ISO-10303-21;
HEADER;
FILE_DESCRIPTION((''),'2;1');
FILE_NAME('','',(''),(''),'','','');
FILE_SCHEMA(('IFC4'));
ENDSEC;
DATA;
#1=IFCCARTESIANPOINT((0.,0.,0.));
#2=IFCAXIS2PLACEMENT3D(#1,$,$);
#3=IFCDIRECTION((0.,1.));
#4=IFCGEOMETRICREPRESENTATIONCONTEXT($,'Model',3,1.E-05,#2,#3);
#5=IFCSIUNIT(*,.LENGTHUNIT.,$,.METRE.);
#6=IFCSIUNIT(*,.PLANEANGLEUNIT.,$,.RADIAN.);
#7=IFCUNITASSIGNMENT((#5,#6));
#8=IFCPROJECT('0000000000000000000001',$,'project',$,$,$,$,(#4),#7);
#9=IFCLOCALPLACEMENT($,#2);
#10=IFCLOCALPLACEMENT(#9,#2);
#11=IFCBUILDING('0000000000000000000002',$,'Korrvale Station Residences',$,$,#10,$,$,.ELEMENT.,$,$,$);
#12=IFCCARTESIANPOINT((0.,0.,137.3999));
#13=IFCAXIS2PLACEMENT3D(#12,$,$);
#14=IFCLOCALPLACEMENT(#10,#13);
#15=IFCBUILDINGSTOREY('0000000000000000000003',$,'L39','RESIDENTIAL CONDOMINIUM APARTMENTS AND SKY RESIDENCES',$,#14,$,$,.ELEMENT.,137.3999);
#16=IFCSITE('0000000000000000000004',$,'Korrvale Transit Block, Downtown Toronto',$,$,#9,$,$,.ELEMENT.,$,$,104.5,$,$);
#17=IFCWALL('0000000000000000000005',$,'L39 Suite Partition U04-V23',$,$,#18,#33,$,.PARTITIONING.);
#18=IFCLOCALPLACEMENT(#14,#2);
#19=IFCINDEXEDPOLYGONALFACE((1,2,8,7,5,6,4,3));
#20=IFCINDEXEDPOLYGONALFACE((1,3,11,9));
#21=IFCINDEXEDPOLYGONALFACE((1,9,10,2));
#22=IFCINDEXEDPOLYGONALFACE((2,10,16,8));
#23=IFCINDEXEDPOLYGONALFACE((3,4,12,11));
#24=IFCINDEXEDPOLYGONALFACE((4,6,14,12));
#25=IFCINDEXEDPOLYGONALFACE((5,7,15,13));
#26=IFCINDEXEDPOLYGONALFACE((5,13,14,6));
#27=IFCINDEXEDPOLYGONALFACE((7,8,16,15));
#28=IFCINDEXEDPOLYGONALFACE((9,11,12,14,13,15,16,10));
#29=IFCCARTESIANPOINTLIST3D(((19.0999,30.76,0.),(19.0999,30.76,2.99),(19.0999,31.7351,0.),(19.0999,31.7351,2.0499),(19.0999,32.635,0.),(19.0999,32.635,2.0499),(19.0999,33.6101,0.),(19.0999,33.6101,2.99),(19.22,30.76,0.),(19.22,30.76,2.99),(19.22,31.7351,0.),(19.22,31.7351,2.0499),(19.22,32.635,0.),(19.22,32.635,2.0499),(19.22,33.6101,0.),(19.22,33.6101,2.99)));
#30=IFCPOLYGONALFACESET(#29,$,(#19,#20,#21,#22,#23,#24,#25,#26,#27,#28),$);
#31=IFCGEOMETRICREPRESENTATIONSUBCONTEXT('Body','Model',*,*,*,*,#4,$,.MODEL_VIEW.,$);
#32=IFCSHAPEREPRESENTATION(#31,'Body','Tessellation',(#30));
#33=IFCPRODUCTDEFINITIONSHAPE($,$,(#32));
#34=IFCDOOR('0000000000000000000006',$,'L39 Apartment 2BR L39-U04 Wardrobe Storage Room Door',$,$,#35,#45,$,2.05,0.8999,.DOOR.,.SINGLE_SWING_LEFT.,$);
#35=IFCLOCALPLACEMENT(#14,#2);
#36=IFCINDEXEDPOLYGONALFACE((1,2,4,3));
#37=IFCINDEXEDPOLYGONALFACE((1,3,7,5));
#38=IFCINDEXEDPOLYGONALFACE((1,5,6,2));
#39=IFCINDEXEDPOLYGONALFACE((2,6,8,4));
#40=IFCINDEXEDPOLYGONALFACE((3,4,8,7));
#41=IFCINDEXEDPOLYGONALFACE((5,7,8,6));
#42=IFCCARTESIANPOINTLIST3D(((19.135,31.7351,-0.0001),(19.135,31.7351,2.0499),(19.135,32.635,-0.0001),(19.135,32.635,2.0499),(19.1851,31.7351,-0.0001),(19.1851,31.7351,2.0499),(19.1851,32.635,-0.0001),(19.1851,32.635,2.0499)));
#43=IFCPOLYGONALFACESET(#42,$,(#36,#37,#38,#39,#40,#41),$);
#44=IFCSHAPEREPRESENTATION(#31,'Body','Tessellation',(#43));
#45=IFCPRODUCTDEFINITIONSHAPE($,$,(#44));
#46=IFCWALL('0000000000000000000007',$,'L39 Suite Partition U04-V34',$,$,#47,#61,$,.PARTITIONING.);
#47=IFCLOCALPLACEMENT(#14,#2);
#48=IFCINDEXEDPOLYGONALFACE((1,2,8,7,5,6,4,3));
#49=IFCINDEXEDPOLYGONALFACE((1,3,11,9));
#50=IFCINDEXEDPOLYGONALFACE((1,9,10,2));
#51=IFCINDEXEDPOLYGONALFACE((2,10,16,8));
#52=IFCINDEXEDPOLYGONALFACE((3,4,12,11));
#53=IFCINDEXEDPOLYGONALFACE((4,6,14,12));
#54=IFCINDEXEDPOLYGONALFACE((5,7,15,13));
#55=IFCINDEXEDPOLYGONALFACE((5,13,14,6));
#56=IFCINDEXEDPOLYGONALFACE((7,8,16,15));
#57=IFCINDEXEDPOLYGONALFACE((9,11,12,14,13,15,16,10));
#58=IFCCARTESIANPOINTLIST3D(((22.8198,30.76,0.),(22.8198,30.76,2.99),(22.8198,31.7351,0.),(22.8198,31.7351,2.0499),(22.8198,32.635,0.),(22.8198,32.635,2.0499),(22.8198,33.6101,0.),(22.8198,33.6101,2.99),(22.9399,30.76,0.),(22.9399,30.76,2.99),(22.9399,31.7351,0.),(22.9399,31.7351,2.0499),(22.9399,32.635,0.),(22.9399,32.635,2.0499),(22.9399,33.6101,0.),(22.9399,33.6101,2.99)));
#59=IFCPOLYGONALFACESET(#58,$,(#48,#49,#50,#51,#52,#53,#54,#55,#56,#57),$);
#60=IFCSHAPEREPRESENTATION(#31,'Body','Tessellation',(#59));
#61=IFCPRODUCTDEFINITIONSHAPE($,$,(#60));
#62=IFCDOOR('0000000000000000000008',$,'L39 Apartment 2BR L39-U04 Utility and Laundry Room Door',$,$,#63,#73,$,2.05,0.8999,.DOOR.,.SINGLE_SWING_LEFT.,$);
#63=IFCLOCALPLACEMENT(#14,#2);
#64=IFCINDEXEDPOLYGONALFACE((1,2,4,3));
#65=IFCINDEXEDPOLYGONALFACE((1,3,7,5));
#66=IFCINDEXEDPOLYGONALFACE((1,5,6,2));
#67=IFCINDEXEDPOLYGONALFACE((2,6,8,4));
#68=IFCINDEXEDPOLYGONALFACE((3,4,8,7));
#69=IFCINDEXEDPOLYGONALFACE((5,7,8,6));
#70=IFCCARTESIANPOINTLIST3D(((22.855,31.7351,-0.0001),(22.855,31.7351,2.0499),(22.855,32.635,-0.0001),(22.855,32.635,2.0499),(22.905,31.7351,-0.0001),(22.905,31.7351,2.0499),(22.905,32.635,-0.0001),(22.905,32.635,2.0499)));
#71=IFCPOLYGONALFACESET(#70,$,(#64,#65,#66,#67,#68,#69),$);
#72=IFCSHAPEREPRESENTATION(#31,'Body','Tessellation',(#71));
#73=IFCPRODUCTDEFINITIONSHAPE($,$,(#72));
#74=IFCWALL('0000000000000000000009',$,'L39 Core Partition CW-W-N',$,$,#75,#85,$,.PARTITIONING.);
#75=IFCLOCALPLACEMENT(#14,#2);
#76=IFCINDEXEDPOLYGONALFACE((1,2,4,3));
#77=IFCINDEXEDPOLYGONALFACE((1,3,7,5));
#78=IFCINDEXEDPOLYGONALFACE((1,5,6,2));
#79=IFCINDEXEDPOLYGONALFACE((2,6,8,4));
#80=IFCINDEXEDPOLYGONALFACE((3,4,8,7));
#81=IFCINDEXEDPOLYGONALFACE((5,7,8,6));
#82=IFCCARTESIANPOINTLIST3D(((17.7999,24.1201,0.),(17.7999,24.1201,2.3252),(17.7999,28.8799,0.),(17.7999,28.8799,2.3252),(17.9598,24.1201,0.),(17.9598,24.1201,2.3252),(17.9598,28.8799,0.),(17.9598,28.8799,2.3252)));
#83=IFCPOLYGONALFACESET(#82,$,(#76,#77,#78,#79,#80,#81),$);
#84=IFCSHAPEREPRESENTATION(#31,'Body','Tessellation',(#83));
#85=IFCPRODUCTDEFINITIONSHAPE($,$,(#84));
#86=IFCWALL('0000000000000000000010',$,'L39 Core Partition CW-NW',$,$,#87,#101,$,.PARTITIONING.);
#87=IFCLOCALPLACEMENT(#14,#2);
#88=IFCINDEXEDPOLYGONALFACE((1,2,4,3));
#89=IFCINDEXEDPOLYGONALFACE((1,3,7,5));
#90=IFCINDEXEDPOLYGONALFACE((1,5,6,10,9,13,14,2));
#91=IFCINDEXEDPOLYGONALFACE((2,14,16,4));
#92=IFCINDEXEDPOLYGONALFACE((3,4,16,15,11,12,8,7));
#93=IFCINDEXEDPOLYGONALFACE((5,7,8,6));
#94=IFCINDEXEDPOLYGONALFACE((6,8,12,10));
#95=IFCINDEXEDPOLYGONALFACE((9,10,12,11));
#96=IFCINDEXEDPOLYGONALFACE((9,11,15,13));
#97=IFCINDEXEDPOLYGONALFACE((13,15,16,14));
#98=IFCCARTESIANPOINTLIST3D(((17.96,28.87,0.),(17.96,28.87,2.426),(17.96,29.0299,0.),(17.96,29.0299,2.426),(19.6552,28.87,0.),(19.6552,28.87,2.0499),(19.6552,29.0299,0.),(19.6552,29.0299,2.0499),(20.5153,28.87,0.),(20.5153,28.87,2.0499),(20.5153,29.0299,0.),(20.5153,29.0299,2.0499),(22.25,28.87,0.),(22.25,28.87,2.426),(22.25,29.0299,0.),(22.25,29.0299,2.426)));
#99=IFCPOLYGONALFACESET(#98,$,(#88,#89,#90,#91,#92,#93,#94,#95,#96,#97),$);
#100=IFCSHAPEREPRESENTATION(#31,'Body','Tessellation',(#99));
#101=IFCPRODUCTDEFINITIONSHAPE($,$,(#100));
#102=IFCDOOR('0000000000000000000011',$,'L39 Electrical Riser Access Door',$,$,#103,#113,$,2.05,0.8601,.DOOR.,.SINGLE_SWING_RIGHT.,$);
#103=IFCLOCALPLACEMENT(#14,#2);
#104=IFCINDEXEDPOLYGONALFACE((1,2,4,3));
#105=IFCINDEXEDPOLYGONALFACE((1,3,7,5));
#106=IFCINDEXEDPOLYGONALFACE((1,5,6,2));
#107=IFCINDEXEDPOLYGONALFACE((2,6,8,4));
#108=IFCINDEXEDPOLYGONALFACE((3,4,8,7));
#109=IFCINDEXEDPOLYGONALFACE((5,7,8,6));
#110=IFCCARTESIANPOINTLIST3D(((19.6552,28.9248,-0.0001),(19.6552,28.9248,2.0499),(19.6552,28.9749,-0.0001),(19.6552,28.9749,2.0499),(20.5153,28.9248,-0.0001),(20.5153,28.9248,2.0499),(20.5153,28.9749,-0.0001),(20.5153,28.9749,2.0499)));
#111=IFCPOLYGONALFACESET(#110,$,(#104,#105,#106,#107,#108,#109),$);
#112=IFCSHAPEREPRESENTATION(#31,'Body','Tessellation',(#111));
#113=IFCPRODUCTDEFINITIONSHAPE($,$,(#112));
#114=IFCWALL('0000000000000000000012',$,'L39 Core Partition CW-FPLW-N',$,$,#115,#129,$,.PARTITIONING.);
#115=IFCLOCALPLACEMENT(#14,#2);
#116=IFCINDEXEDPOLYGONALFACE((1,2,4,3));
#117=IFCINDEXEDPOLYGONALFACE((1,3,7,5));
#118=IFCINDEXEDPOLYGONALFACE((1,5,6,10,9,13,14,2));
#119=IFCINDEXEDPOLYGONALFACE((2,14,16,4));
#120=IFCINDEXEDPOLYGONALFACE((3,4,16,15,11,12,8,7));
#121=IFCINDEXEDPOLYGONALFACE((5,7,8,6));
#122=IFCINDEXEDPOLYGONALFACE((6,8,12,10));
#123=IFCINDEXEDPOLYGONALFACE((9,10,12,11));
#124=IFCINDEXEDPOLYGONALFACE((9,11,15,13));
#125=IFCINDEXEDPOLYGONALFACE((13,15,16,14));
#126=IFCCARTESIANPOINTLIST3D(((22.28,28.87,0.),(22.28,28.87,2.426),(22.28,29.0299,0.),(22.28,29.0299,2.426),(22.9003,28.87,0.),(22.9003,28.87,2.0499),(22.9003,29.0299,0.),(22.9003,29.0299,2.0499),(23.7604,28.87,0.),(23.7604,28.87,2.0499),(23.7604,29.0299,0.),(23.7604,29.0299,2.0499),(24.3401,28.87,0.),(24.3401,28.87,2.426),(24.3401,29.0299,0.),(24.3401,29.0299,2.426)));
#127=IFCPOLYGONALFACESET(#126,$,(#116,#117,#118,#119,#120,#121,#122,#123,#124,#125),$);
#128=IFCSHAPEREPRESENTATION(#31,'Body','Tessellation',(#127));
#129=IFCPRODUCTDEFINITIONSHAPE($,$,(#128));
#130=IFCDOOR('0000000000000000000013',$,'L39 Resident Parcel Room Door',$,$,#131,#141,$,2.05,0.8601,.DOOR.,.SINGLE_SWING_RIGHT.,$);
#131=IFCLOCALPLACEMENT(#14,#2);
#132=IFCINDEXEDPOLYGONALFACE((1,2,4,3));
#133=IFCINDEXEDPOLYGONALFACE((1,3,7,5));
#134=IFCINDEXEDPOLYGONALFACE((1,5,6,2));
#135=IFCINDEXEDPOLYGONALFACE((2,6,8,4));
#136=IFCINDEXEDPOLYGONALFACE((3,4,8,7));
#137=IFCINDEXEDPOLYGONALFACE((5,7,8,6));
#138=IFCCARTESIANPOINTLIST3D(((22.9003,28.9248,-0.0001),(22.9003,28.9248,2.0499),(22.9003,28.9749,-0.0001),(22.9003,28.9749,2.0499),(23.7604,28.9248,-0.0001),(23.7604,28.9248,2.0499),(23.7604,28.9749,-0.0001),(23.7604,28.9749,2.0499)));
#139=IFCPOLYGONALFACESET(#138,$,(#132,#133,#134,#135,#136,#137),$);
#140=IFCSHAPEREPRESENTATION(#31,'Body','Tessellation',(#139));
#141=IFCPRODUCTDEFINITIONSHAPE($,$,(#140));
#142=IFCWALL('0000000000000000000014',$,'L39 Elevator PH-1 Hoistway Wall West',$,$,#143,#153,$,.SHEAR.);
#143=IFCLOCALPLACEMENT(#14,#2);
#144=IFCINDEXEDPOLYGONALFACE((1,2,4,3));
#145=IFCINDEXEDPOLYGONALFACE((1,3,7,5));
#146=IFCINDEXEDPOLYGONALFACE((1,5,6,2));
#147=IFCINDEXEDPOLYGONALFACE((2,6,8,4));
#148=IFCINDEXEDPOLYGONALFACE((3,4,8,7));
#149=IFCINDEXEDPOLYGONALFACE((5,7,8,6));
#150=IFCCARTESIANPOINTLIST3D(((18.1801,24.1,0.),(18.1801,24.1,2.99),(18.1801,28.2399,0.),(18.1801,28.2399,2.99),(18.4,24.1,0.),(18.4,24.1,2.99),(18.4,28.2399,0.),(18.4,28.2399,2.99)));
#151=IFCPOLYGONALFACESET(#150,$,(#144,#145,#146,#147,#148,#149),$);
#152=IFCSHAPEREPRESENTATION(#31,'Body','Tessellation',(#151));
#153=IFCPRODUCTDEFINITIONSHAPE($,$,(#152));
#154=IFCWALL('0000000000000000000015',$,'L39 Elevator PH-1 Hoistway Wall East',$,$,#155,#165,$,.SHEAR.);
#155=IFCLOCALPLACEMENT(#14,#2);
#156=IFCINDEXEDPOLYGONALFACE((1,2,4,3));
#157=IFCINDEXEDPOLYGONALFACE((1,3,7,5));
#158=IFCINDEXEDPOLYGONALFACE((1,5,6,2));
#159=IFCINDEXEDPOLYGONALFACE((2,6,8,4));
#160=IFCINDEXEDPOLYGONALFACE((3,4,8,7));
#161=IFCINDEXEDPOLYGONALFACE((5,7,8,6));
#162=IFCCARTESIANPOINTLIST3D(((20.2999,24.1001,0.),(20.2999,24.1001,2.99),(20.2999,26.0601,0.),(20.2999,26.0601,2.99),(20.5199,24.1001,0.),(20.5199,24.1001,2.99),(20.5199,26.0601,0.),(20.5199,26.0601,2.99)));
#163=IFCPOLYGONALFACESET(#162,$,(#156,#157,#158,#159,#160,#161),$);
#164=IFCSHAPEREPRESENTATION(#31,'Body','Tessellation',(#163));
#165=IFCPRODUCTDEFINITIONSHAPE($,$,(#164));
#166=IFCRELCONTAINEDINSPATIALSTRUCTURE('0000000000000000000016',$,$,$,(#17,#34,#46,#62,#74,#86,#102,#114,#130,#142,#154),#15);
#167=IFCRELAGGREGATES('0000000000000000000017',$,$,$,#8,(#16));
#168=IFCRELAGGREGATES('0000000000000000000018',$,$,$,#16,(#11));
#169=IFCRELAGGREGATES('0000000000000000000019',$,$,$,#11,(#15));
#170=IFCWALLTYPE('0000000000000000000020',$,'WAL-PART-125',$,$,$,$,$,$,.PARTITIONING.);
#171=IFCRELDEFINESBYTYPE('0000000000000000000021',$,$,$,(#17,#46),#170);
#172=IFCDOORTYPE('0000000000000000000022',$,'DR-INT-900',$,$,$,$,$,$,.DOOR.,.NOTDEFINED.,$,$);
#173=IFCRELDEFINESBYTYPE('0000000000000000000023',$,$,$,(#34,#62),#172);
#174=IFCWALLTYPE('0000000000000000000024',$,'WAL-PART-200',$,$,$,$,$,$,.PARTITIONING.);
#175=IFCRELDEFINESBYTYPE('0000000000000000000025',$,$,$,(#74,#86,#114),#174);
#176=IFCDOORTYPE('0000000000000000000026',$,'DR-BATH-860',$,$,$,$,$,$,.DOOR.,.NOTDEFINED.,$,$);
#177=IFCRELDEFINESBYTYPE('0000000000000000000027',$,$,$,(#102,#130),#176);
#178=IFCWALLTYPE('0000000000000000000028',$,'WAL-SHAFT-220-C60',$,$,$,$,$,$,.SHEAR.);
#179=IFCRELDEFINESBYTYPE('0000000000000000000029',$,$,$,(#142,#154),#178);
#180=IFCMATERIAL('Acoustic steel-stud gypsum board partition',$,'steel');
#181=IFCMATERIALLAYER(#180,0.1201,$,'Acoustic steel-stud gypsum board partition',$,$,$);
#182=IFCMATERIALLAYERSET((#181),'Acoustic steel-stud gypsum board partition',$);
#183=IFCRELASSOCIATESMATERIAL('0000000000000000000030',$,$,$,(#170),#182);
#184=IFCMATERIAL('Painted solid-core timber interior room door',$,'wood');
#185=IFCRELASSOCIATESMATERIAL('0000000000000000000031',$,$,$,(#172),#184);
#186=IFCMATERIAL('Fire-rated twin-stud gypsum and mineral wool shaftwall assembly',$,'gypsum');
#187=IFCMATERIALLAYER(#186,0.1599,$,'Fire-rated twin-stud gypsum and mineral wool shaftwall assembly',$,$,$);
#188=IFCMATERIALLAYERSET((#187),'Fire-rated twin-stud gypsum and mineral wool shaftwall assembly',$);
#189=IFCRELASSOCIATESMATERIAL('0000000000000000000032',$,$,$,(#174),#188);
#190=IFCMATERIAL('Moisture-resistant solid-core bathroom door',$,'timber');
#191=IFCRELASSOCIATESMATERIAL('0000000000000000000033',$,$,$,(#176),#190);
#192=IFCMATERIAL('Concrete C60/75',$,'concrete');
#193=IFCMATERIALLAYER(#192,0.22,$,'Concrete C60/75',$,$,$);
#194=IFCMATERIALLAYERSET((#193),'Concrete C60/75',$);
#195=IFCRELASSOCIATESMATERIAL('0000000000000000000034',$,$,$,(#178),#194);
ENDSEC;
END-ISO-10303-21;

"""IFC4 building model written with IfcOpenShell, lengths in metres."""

from ifc_helpers import new_model, si_unit, direction, frame, frame_2d, origin, place, context, subcontext, project, spatial, rectangle, extrude, material, layer, layer_set, type_object, element, fill, save


model = new_model("IFC4")

# Units and contexts
model_context = context("Model", 3, precision=1e-05, world=origin(), true_north=direction((0.0, 1.0)))
body_context = subcontext(model_context, "Body", "Model", "MODEL_VIEW")
ifc_project = project(units=[si_unit("LENGTHUNIT", "METRE"), si_unit("PLANEANGLEUNIT", "RADIAN")], contexts=[model_context])

# Site, building, storey
site_placement = place(None, origin())
site = spatial("IfcSite", under=ifc_project, at=site_placement, Name="Korrvale Transit Block, Downtown Toronto", CompositionType="ELEMENT", RefElevation=104.5)
building_placement = place(site_placement, origin())
building = spatial("IfcBuilding", under=site, at=building_placement, Name="Korrvale Station Residences", CompositionType="ELEMENT")
storey_placement = place(building_placement, frame((0.0, 0.0, 137.3999)))
storey = spatial("IfcBuildingStorey", under=building, at=storey_placement, Name="L39", Description="RESIDENTIAL CONDOMINIUM APARTMENTS AND SKY RESIDENCES", CompositionType="ELEMENT", Elevation=137.3999)

# Shared definitions
ifc_material_1 = material(Name="Concrete C60/75", Category="concrete")

# Shared definitions
ifc_material_2 = material(Name="Acoustic steel-stud gypsum board partition", Category="steel")
ifc_layer_1 = layer(ifc_material_2, 0.1201, Name="Acoustic steel-stud gypsum board partition")
ifc_layer_set_1 = layer_set([ifc_layer_1], Name="Acoustic steel-stud gypsum board partition")
wall_type_1 = type_object("IfcWallType", Name="WAL-PART-125", PredefinedType="PARTITIONING", material=ifc_layer_set_1)

# Walls, openings, doors
wall_1_placement = place(storey_placement, frame((19.1599, 30.76, 0.0), z_axis=(0.0, 0.0, 1.0), x_axis=(0.0, 1.0, 0.0)))
wall_1 = element("IfcWall", 1, at=wall_1_placement, inside=storey, type_object=wall_type_1, Name="L39 Suite Partition U04-V23", PredefinedType="PARTITIONING", context=body_context, shape_type="SweptSolid", body=[
    extrude(rectangle(XDim=2.8501, YDim=0.1201, at=frame_2d((1.425, 0.0))), origin(), (0.0, 0.0, 1.0), 2.99),
])
opening_1_placement = place(wall_1_placement, frame((0.9751, 0.0, 0.0)))
opening_1 = element("IfcOpeningElement", 2, at=opening_1_placement, cuts=wall_1, PredefinedType="OPENING", context=body_context, shape_type="SweptSolid", body=[
    extrude(rectangle(XDim=0.8999, YDim=2.05, at=frame_2d((0.45, 1.0249))), frame((0.0, 0.0701, 0.0), z_axis=(0.0, -1.0, 0.0), x_axis=(1.0, 0.0, 0.0)), (0.0, 0.0, 1.0), 0.1401),
])
ifc_material_3 = material(Name="Painted solid-core timber interior room door", Category="wood")
door_type_1 = type_object("IfcDoorType", Name="DR-INT-900", OperationType="NOTDEFINED", PredefinedType="DOOR", material=ifc_material_3)
door_1_placement = place(opening_1_placement, origin())
door_1 = element("IfcDoor", 3, at=door_1_placement, inside=storey, type_object=door_type_1, Name="L39 Apartment 2BR L39-U04 Wardrobe Storage Room Door", OperationType="SINGLE_SWING_LEFT", OverallHeight=2.05, OverallWidth=0.8999, PredefinedType="DOOR", context=body_context, shape_type="SweptSolid", body=[
    extrude(rectangle(XDim=0.8999, YDim=2.05, at=frame_2d((0.45, 1.0249))), frame((0.0, 0.0249, 0.0), z_axis=(0.0, -1.0, 0.0), x_axis=(1.0, 0.0, 0.0)), (0.0, 0.0, 1.0), 0.05),
])
fill(opening_1, door_1)
wall_2_placement = place(storey_placement, frame((22.8799, 30.76, 0.0), z_axis=(0.0, 0.0, 1.0), x_axis=(0.0, 1.0, 0.0)))
wall_2 = element("IfcWall", 4, at=wall_2_placement, inside=storey, type_object=wall_type_1, Name="L39 Suite Partition U04-V34", PredefinedType="PARTITIONING", context=body_context, shape_type="SweptSolid", body=[
    extrude(rectangle(XDim=2.8501, YDim=0.1201, at=frame_2d((1.425, 0.0))), origin(), (0.0, 0.0, 1.0), 2.99),
])
opening_2_placement = place(wall_2_placement, frame((0.9751, 0.0, 0.0)))
opening_2 = element("IfcOpeningElement", 5, at=opening_2_placement, cuts=wall_2, PredefinedType="OPENING", context=body_context, shape_type="SweptSolid", body=[
    extrude(rectangle(XDim=0.8999, YDim=2.05, at=frame_2d((0.45, 1.0249))), frame((0.0, 0.0701, 0.0), z_axis=(0.0, -1.0, 0.0), x_axis=(1.0, 0.0, 0.0)), (0.0, 0.0, 1.0), 0.1401),
])
door_2_placement = place(opening_2_placement, origin())
door_2 = element("IfcDoor", 6, at=door_2_placement, inside=storey, type_object=door_type_1, Name="L39 Apartment 2BR L39-U04 Utility and Laundry Room Door", OperationType="SINGLE_SWING_LEFT", OverallHeight=2.05, OverallWidth=0.8999, PredefinedType="DOOR", context=body_context, shape_type="SweptSolid", body=[
    extrude(rectangle(XDim=0.8999, YDim=2.05, at=frame_2d((0.45, 1.0249))), frame((0.0, 0.0249, 0.0), z_axis=(0.0, -1.0, 0.0), x_axis=(1.0, 0.0, 0.0)), (0.0, 0.0, 1.0), 0.05),
])
fill(opening_2, door_2)

# Wall
ifc_material_4 = material(Name="Fire-rated twin-stud gypsum and mineral wool shaftwall assembly", Category="gypsum")
ifc_layer_2 = layer(ifc_material_4, 0.1599, Name="Fire-rated twin-stud gypsum and mineral wool shaftwall assembly")
ifc_layer_set_2 = layer_set([ifc_layer_2], Name="Fire-rated twin-stud gypsum and mineral wool shaftwall assembly")
wall_type_2 = type_object("IfcWallType", Name="WAL-PART-200", PredefinedType="PARTITIONING", material=ifc_layer_set_2)
wall_3_placement = place(storey_placement, frame((17.8799, 24.1201, 0.0), z_axis=(0.0, 0.0, 1.0), x_axis=(0.0, 1.0, 0.0)))
element("IfcWall", 7, at=wall_3_placement, inside=storey, type_object=wall_type_2, Name="L39 Core Partition CW-W-N", PredefinedType="PARTITIONING", context=body_context, shape_type="SweptSolid", body=[
    extrude(rectangle(XDim=4.7598, YDim=0.1599, at=frame_2d((2.3799, 0.0))), origin(), (0.0, 0.0, 1.0), 2.3252),
])

# Walls, openings, doors
wall_4_placement = place(storey_placement, frame((17.96, 28.95, 0.0), z_axis=(0.0, 0.0, 1.0), x_axis=(1.0, 0.0, 0.0)))
wall_4 = element("IfcWall", 8, at=wall_4_placement, inside=storey, type_object=wall_type_2, Name="L39 Core Partition CW-NW", PredefinedType="PARTITIONING", context=body_context, shape_type="SweptSolid", body=[
    extrude(rectangle(XDim=4.29, YDim=0.1599, at=frame_2d((2.145, 0.0))), origin(), (0.0, 0.0, 1.0), 2.426),
])
opening_3_placement = place(wall_4_placement, frame((1.6951, 0.0, 0.0)))
opening_3 = element("IfcOpeningElement", 9, at=opening_3_placement, cuts=wall_4, PredefinedType="OPENING", context=body_context, shape_type="SweptSolid", body=[
    extrude(rectangle(XDim=0.8601, YDim=2.05, at=frame_2d((0.4302, 1.0249))), frame((0.0, 0.0898, 0.0), z_axis=(0.0, -1.0, 0.0), x_axis=(1.0, 0.0, 0.0)), (0.0, 0.0, 1.0), 0.1799),
])
ifc_material_5 = material(Name="Moisture-resistant solid-core bathroom door", Category="timber")
door_type_2 = type_object("IfcDoorType", Name="DR-BATH-860", OperationType="NOTDEFINED", PredefinedType="DOOR", material=ifc_material_5)
door_3_placement = place(opening_3_placement, origin())
door_3 = element("IfcDoor", 10, at=door_3_placement, inside=storey, type_object=door_type_2, Name="L39 Electrical Riser Access Door", OperationType="SINGLE_SWING_RIGHT", OverallHeight=2.05, OverallWidth=0.8601, PredefinedType="DOOR", context=body_context, shape_type="SweptSolid", body=[
    extrude(rectangle(XDim=0.8601, YDim=2.05, at=frame_2d((0.4302, 1.0249))), frame((0.0, 0.0249, 0.0), z_axis=(0.0, -1.0, 0.0), x_axis=(1.0, 0.0, 0.0)), (0.0, 0.0, 1.0), 0.05),
])
fill(opening_3, door_3)
wall_5_placement = place(storey_placement, frame((22.28, 28.95, 0.0), z_axis=(0.0, 0.0, 1.0), x_axis=(1.0, 0.0, 0.0)))
wall_5 = element("IfcWall", 11, at=wall_5_placement, inside=storey, type_object=wall_type_2, Name="L39 Core Partition CW-FPLW-N", PredefinedType="PARTITIONING", context=body_context, shape_type="SweptSolid", body=[
    extrude(rectangle(XDim=2.0601, YDim=0.1599, at=frame_2d((1.03, 0.0))), origin(), (0.0, 0.0, 1.0), 2.426),
])
opening_4_placement = place(wall_5_placement, frame((0.6201, 0.0, 0.0)))
opening_4 = element("IfcOpeningElement", 12, at=opening_4_placement, cuts=wall_5, PredefinedType="OPENING", context=body_context, shape_type="SweptSolid", body=[
    extrude(rectangle(XDim=0.8601, YDim=2.05, at=frame_2d((0.4302, 1.0249))), frame((0.0, 0.0898, 0.0), z_axis=(0.0, -1.0, 0.0), x_axis=(1.0, 0.0, 0.0)), (0.0, 0.0, 1.0), 0.1799),
])
door_4_placement = place(opening_4_placement, origin())
door_4 = element("IfcDoor", 13, at=door_4_placement, inside=storey, type_object=door_type_2, Name="L39 Resident Parcel Room Door", OperationType="SINGLE_SWING_RIGHT", OverallHeight=2.05, OverallWidth=0.8601, PredefinedType="DOOR", context=body_context, shape_type="SweptSolid", body=[
    extrude(rectangle(XDim=0.8601, YDim=2.05, at=frame_2d((0.4302, 1.0249))), frame((0.0, 0.0249, 0.0), z_axis=(0.0, -1.0, 0.0), x_axis=(1.0, 0.0, 0.0)), (0.0, 0.0, 1.0), 0.05),
])
fill(opening_4, door_4)
ifc_layer_3 = layer(ifc_material_1, 0.22, Name="Concrete C60/75")
ifc_layer_set_3 = layer_set([ifc_layer_3], Name="Concrete C60/75")
wall_type_3 = type_object("IfcWallType", Name="WAL-SHAFT-220-C60", PredefinedType="SHEAR", material=ifc_layer_set_3)

# Walls
wall_6_placement = place(storey_placement, frame((18.29, 24.1001, 0.0), z_axis=(0.0, 0.0, 1.0), x_axis=(0.0, 1.0, 0.0)))
element("IfcWall", 14, at=wall_6_placement, inside=storey, type_object=wall_type_3, Name="L39 Elevator PH-1 Hoistway Wall West", PredefinedType="SHEAR", context=body_context, shape_type="SweptSolid", body=[
    extrude(rectangle(XDim=4.1399, YDim=0.22, at=frame_2d((2.0698, 0.0))), origin(), (0.0, 0.0, 1.0), 2.99),
])
wall_7_placement = place(storey_placement, frame((20.4099, 24.1001, 0.0), z_axis=(0.0, 0.0, 1.0), x_axis=(0.0, 1.0, 0.0)))
element("IfcWall", 15, at=wall_7_placement, inside=storey, type_object=wall_type_3, Name="L39 Elevator PH-1 Hoistway Wall East", PredefinedType="SHEAR", context=body_context, shape_type="SweptSolid", body=[
    extrude(rectangle(XDim=1.96, YDim=0.22, at=frame_2d((0.98, 0.0))), origin(), (0.0, 0.0, 1.0), 2.99),
])

save(model, "model.ifc")
